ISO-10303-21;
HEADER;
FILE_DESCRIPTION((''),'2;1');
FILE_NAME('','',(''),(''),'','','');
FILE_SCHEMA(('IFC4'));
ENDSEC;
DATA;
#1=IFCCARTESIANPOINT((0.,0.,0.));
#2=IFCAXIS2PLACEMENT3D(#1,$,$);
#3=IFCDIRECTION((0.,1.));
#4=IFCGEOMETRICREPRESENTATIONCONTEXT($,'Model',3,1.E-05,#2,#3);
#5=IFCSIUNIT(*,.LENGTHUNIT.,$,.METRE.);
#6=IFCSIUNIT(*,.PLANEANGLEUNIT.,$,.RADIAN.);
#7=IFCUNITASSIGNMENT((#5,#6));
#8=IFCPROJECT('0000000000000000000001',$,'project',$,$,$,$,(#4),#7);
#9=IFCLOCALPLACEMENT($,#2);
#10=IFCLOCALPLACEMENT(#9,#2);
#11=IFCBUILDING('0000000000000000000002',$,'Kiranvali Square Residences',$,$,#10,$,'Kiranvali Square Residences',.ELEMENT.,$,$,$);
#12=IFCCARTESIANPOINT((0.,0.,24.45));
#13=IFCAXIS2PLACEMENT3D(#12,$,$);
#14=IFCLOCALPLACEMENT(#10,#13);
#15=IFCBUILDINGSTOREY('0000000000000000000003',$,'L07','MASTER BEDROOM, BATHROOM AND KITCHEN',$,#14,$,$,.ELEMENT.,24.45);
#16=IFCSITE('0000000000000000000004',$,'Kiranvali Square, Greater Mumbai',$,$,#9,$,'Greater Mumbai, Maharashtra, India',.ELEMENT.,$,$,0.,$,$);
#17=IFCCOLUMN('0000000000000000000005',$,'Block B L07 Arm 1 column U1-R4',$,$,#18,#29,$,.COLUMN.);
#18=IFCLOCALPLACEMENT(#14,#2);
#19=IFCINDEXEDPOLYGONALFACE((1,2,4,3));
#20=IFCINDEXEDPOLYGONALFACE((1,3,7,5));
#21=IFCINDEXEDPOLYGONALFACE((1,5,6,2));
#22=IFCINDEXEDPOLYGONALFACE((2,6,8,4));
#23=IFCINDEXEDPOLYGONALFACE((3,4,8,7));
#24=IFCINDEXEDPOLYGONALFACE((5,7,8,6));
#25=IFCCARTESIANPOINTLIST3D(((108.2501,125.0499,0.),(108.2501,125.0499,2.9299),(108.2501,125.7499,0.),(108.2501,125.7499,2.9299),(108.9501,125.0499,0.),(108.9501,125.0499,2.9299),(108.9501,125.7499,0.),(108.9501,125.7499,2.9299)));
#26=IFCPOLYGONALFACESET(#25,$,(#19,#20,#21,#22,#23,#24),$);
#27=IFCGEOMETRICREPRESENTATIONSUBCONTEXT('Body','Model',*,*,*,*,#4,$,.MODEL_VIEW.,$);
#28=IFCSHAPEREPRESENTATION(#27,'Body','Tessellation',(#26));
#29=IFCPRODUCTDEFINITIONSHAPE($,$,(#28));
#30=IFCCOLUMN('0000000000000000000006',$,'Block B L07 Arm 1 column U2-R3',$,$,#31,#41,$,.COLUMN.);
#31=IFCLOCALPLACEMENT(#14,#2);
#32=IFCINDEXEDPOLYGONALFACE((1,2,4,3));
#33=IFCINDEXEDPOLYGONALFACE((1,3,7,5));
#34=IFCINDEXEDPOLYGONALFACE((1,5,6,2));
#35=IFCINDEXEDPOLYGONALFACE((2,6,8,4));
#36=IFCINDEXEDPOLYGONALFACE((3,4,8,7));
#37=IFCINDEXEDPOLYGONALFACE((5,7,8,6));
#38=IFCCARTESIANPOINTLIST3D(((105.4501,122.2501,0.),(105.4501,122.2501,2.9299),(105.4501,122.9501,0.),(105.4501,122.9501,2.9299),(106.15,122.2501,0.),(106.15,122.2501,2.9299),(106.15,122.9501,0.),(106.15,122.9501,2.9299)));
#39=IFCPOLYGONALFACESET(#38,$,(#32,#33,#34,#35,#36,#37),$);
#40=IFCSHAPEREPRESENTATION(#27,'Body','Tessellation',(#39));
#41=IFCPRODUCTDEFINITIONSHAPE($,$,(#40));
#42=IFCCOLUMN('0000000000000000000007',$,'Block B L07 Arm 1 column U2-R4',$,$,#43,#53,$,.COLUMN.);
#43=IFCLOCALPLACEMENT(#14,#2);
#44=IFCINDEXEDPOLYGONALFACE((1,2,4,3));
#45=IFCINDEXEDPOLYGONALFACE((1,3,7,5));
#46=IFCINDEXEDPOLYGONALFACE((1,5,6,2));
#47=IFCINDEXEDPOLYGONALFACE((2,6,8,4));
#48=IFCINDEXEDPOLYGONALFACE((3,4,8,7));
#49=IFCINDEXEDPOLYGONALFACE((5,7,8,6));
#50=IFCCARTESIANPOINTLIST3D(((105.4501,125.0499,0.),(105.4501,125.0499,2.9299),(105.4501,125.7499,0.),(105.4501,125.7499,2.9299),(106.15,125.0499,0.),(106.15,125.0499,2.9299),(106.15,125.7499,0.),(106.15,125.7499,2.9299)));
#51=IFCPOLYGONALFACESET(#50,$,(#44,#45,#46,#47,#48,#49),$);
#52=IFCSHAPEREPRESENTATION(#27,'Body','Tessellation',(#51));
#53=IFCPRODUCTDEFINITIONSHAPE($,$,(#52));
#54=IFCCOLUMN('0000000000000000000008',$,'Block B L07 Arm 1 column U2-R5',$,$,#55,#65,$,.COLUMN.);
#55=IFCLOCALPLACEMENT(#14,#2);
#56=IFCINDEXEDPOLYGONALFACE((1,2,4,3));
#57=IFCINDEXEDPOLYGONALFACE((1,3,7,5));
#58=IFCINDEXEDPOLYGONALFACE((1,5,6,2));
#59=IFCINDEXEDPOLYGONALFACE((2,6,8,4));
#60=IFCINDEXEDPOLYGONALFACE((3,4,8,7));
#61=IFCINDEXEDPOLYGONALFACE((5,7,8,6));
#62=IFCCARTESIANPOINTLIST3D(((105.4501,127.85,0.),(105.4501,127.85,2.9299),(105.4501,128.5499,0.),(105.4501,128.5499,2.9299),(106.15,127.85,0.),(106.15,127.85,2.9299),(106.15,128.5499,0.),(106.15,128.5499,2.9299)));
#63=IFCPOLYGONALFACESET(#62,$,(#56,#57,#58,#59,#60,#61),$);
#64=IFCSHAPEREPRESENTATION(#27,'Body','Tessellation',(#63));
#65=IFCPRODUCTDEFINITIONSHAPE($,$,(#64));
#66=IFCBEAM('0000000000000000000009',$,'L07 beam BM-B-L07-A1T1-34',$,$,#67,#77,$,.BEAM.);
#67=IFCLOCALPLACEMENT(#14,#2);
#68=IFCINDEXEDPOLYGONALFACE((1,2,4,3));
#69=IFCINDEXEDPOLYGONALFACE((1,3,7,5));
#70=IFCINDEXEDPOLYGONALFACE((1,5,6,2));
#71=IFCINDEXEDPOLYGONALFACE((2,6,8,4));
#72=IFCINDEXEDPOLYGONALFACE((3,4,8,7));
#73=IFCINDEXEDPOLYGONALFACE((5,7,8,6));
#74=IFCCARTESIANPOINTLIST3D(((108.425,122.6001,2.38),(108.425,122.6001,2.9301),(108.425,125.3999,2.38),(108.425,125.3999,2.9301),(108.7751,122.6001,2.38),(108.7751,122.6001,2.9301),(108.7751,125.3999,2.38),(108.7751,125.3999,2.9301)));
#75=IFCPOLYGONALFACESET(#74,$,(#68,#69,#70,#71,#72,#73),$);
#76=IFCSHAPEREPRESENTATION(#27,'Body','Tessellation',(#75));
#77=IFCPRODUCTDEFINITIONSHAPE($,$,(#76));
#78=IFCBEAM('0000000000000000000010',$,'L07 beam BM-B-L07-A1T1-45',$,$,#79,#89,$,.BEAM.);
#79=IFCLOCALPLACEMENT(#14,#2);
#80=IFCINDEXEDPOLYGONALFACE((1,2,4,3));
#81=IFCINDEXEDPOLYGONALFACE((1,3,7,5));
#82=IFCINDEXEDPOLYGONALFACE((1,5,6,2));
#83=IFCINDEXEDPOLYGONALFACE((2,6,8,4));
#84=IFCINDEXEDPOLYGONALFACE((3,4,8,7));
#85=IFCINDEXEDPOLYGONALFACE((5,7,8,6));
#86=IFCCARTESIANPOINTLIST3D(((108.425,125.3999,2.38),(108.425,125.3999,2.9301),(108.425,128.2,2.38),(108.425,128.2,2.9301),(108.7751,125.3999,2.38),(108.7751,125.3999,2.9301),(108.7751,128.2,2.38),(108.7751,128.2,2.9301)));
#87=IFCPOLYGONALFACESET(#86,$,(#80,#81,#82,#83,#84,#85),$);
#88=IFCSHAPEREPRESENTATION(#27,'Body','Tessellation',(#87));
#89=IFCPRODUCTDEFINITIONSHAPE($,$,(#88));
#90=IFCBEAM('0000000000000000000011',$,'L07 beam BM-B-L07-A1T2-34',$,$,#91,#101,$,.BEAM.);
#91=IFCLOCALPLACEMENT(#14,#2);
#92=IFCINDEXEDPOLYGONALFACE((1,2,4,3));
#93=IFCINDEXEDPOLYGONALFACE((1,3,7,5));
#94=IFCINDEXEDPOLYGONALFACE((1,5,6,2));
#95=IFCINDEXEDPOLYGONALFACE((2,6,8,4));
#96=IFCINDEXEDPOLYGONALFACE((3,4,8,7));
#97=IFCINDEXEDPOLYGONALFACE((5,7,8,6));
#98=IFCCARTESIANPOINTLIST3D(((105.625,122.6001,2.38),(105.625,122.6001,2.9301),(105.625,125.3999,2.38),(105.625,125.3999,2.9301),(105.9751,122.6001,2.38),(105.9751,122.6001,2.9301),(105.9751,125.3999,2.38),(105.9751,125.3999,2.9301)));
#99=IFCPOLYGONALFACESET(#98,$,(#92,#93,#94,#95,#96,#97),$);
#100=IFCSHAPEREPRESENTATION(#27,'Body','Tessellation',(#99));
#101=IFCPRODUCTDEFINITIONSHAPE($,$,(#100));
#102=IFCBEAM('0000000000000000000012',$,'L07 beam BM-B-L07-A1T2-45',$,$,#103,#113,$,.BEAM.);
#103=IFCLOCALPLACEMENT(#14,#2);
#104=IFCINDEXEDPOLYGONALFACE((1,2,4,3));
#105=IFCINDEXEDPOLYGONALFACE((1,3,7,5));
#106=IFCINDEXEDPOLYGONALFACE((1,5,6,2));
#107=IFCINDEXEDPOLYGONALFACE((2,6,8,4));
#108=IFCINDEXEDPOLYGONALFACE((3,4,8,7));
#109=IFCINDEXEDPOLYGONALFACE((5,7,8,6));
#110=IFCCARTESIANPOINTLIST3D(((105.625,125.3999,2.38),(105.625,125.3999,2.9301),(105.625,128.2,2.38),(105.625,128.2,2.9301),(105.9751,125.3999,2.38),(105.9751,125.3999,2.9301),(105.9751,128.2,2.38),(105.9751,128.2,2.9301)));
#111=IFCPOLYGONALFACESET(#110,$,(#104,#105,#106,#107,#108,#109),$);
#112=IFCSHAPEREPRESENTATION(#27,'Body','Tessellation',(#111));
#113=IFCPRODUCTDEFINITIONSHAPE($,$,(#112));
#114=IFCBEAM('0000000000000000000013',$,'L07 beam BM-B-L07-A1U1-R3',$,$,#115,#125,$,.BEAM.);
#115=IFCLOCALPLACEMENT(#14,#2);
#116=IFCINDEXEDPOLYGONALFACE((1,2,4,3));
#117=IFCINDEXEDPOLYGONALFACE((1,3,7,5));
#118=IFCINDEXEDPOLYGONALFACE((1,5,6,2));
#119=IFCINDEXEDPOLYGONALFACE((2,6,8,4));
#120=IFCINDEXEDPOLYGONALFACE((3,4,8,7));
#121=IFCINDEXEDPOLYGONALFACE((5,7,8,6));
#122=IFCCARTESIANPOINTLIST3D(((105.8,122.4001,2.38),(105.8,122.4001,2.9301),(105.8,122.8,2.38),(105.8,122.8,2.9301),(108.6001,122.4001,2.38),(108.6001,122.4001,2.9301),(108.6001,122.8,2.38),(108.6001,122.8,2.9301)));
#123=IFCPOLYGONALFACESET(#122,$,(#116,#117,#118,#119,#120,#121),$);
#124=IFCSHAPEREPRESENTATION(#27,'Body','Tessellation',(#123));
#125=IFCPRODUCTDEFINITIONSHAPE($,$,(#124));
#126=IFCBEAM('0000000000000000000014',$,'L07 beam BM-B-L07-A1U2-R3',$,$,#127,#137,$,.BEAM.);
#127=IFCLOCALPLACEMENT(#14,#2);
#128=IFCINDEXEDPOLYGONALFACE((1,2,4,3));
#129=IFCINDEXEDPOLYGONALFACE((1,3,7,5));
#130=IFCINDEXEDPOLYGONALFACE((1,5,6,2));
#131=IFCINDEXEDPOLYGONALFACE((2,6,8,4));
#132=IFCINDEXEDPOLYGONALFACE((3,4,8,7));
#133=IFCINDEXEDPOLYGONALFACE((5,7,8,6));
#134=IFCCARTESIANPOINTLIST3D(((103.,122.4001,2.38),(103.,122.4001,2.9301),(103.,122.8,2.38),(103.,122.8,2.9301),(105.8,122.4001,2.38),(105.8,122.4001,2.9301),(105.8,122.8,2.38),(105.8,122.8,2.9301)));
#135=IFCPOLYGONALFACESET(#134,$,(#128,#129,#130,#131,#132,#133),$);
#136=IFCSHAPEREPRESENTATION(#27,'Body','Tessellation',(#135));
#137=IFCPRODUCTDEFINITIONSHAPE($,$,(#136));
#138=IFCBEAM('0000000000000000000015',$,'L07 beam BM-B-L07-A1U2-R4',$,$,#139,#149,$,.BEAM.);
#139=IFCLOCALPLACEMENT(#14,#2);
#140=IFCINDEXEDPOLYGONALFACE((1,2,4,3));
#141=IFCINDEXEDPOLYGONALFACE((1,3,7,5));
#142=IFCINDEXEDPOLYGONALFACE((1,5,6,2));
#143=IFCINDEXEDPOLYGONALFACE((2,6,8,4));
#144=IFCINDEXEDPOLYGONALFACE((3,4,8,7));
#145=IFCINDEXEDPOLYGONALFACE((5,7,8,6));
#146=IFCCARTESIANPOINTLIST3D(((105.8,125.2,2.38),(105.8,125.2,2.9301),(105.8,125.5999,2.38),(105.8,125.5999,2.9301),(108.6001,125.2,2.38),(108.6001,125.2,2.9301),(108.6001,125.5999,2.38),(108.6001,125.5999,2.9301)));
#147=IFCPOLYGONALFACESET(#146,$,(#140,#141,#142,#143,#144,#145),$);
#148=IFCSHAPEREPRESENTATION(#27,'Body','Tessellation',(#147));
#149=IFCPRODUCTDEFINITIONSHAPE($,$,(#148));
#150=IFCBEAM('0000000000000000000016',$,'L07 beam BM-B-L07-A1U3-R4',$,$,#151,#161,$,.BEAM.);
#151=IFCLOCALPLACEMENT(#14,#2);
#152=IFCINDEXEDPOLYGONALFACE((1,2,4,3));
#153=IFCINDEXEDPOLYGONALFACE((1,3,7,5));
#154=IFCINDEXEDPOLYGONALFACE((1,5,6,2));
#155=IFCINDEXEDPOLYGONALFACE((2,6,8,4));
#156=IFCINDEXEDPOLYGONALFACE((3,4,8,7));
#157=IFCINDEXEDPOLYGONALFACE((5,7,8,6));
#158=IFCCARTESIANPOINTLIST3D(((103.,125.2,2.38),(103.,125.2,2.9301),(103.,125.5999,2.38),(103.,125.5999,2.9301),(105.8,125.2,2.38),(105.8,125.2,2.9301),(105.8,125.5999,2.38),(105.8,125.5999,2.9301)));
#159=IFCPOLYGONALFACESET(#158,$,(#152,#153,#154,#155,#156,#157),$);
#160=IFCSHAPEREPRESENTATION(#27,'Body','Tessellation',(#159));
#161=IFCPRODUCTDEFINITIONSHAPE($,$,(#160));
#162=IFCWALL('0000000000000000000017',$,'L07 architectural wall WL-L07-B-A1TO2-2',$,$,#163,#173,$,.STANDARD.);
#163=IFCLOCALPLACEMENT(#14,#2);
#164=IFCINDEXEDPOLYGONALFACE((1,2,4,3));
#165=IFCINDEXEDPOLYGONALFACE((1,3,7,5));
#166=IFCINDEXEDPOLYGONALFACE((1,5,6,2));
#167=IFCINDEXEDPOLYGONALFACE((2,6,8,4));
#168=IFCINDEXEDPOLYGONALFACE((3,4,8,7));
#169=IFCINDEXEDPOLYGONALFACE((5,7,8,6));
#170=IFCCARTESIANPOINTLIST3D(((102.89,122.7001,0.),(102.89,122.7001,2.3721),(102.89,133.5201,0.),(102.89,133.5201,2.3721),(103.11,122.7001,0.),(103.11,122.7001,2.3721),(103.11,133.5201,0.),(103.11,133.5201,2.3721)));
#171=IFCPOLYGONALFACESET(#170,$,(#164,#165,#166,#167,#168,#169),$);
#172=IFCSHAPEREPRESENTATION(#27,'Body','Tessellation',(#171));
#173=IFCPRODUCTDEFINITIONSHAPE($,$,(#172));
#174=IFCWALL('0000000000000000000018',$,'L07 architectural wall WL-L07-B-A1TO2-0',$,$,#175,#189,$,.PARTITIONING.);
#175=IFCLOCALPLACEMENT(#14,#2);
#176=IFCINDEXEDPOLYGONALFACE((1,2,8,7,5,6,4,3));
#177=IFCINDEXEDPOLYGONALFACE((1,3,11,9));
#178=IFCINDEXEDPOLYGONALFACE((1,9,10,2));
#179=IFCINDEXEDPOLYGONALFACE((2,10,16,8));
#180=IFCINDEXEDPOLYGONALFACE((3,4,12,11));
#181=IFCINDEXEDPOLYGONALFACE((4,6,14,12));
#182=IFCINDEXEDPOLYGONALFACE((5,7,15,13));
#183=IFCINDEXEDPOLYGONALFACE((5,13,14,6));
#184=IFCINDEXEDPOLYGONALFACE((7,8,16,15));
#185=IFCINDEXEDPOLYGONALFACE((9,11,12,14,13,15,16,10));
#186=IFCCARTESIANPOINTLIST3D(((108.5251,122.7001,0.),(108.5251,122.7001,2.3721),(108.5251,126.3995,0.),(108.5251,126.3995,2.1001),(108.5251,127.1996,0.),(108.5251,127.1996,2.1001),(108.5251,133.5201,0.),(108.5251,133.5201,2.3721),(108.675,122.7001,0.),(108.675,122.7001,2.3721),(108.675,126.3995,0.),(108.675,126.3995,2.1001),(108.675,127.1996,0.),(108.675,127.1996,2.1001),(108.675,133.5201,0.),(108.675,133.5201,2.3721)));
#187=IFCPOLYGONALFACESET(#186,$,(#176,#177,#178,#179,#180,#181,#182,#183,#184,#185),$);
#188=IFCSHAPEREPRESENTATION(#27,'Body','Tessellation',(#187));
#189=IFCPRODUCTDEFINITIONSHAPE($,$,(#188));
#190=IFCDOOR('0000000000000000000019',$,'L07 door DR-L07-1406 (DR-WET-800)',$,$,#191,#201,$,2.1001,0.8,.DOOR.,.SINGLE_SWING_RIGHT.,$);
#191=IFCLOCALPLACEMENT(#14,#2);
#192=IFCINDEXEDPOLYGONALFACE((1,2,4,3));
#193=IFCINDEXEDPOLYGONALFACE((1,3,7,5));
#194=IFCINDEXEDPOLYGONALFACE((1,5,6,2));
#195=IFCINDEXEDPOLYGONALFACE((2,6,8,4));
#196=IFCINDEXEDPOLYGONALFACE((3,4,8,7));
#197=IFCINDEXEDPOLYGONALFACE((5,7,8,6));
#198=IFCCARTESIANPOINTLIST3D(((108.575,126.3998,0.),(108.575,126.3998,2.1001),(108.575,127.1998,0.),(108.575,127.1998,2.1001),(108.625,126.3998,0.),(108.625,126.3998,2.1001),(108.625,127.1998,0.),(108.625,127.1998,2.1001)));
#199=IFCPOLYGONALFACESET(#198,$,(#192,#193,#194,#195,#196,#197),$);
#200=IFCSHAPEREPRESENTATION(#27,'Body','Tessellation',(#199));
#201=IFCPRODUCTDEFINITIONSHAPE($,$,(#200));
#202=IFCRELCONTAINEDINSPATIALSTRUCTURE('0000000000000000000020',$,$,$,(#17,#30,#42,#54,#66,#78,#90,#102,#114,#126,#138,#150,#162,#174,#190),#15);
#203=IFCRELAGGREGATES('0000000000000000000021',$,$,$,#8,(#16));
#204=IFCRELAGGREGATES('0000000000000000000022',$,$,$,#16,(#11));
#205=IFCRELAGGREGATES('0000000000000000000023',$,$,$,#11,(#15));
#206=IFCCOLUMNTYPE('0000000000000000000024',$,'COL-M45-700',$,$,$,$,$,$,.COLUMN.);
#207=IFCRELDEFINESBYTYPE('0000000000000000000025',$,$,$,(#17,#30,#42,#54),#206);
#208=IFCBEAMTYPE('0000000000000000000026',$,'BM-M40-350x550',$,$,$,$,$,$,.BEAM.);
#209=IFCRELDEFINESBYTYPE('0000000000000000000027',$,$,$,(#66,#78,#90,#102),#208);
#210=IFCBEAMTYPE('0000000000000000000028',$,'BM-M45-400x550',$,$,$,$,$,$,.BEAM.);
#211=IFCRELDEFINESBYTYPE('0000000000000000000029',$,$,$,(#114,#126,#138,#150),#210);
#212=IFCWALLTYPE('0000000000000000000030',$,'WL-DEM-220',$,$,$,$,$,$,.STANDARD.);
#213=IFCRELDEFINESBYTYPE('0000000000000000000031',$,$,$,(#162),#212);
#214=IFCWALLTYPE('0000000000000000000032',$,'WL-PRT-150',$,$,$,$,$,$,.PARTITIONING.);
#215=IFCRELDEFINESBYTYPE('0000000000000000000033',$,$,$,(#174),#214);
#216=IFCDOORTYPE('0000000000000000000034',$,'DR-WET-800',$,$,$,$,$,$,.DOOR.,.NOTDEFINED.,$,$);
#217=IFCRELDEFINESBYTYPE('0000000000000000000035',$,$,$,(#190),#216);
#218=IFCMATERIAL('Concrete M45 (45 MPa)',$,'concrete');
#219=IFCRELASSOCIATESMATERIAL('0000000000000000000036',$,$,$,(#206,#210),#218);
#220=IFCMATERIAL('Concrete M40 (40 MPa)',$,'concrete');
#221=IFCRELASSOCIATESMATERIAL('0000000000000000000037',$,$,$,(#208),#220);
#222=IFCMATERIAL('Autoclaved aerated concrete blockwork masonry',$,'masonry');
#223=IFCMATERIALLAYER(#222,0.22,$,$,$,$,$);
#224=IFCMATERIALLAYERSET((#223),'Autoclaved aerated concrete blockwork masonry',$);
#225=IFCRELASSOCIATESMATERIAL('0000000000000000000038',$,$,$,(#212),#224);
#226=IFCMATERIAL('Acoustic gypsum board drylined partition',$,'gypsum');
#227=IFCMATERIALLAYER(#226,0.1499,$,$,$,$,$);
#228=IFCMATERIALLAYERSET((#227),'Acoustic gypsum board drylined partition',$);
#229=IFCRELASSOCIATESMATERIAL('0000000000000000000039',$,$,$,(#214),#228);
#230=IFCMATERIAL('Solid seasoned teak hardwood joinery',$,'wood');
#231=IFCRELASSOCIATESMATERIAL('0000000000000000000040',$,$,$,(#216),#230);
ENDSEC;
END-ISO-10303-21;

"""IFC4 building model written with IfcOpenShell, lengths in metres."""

from ifc_helpers import new_model, si_unit, direction, frame, frame_2d, origin, origin_2d, place, context, subcontext, project, spatial, rectangle, extrude, material, layer, layer_set, material_profile, profile_set, type_object, element, fill, save


model = new_model("IFC4")

# Units and contexts
model_context = context("Model", 3, precision=1e-05, world=origin(), true_north=direction((0.0, 1.0)))
body_context = subcontext(model_context, "Body", "Model", "MODEL_VIEW")
ifc_project = project(units=[si_unit("LENGTHUNIT", "METRE"), si_unit("PLANEANGLEUNIT", "RADIAN")], contexts=[model_context])

# Site, building, storey
site_placement = place(None, origin())
site = spatial("IfcSite", under=ifc_project, at=site_placement, Name="Kiranvali Square, Greater Mumbai", LongName="Greater Mumbai, Maharashtra, India", CompositionType="ELEMENT", RefElevation=0.0)
building_placement = place(site_placement, origin())
building = spatial("IfcBuilding", under=site, at=building_placement, Name="Kiranvali Square Residences", LongName="Kiranvali Square Residences", CompositionType="ELEMENT")
storey_placement = place(building_placement, frame((0.0, 0.0, 24.45)))
storey = spatial("IfcBuildingStorey", under=building, at=storey_placement, Name="L07", Description="MASTER BEDROOM, BATHROOM AND KITCHEN", CompositionType="ELEMENT", Elevation=24.45)

# Columns
ifc_material_1 = material(Name="Concrete M45 (45 MPa)", Category="concrete")
ifc_material_profile_1 = material_profile(ifc_material_1, rectangle(XDim=0.7, YDim=0.7, at=origin_2d()), Name="RC 700x700")
ifc_profile_set_1 = profile_set([ifc_material_profile_1], Name="Concrete M45 (45 MPa)")
column_type = type_object("IfcColumnType", Name="COL-M45-700", PredefinedType="COLUMN", material=ifc_profile_set_1)
for number, where, z_axis, x_axis, name in (
    (1, (108.6001, 125.3999, 0.0), (0.0, 0.0, 1.0), (1.0, 0.0, 0.0), "Block B L07 Arm 1 column U1-R4"),
    (2, (105.8, 122.6001, 0.0), (0.0, 0.0, 1.0), (1.0, 0.0, 0.0), "Block B L07 Arm 1 column U2-R3"),
    (3, (105.8, 125.3999, 0.0), (0.0, 0.0, 1.0), (1.0, 0.0, 0.0), "Block B L07 Arm 1 column U2-R4"),
    (4, (105.8, 128.2, 0.0), (0.0, 0.0, 1.0), (1.0, 0.0, 0.0), "Block B L07 Arm 1 column U2-R5"),
):
    element("IfcColumn", number, at=place(storey_placement, frame(where, z_axis=z_axis, x_axis=x_axis)), inside=storey, type_object=column_type, Name=name, PredefinedType="COLUMN", context=body_context, shape_type="SweptSolid", body=[
        extrude(rectangle(XDim=0.7, YDim=0.7, at=origin_2d()), origin(), (0.0, 0.0, 1.0), 2.9299),
    ])

# Beams
ifc_material_2 = material(Name="Concrete M40 (40 MPa)", Category="concrete")
ifc_material_profile_2 = material_profile(ifc_material_2, rectangle(XDim=0.3501, YDim=0.55, at=origin_2d()), Name="RC 350x550")
ifc_profile_set_2 = profile_set([ifc_material_profile_2], Name="Concrete M40 (40 MPa)")
beam_type_1 = type_object("IfcBeamType", Name="BM-M40-350x550", PredefinedType="BEAM", material=ifc_profile_set_2)
beam_1_placement = place(storey_placement, frame((108.6001, 122.6001, 2.655), z_axis=(0.0, 1.0, 0.0), x_axis=(-1.0, 0.0, 0.0)))
element("IfcBeam", 5, at=beam_1_placement, inside=storey, type_object=beam_type_1, Name="L07 beam BM-B-L07-A1T1-34", PredefinedType="BEAM", context=body_context, shape_type="SweptSolid", body=[
    extrude(rectangle(XDim=0.3501, YDim=0.55, at=origin_2d()), origin(), (0.0, 0.0, 1.0), 2.7998),
])
beam_2_placement = place(storey_placement, frame((108.6001, 125.3999, 2.655), z_axis=(0.0, 1.0, 0.0), x_axis=(-1.0, 0.0, 0.0)))
element("IfcBeam", 6, at=beam_2_placement, inside=storey, type_object=beam_type_1, Name="L07 beam BM-B-L07-A1T1-45", PredefinedType="BEAM", context=body_context, shape_type="SweptSolid", body=[
    extrude(rectangle(XDim=0.3501, YDim=0.55, at=origin_2d()), origin(), (0.0, 0.0, 1.0), 2.8),
])
beam_3_placement = place(storey_placement, frame((105.8, 122.6001, 2.655), z_axis=(0.0, 1.0, 0.0), x_axis=(-1.0, 0.0, 0.0)))
element("IfcBeam", 7, at=beam_3_placement, inside=storey, type_object=beam_type_1, Name="L07 beam BM-B-L07-A1T2-34", PredefinedType="BEAM", context=body_context, shape_type="SweptSolid", body=[
    extrude(rectangle(XDim=0.3501, YDim=0.55, at=origin_2d()), origin(), (0.0, 0.0, 1.0), 2.7998),
])
beam_4_placement = place(storey_placement, frame((105.8, 125.3999, 2.655), z_axis=(0.0, 1.0, 0.0), x_axis=(-1.0, 0.0, 0.0)))
element("IfcBeam", 8, at=beam_4_placement, inside=storey, type_object=beam_type_1, Name="L07 beam BM-B-L07-A1T2-45", PredefinedType="BEAM", context=body_context, shape_type="SweptSolid", body=[
    extrude(rectangle(XDim=0.3501, YDim=0.55, at=origin_2d()), origin(), (0.0, 0.0, 1.0), 2.8),
])
ifc_material_profile_3 = material_profile(ifc_material_1, rectangle(XDim=0.3999, YDim=0.55, at=origin_2d()), Name="RC 400x550")
ifc_profile_set_3 = profile_set([ifc_material_profile_3], Name="Concrete M45 (45 MPa)")
beam_type_2 = type_object("IfcBeamType", Name="BM-M45-400x550", PredefinedType="BEAM", material=ifc_profile_set_3)
for number, where, z_axis, x_axis, name in (
    (9, (108.6001, 122.6001, 2.655), (-1.0, 0.0, 0.0), (0.0, -1.0, 0.0), "L07 beam BM-B-L07-A1U1-R3"),
    (10, (105.8, 122.6001, 2.655), (-1.0, 0.0, 0.0), (0.0, -1.0, 0.0), "L07 beam BM-B-L07-A1U2-R3"),
    (11, (108.6001, 125.3999, 2.655), (-1.0, 0.0, 0.0), (0.0, -1.0, 0.0), "L07 beam BM-B-L07-A1U2-R4"),
    (12, (105.8, 125.3999, 2.655), (-1.0, 0.0, 0.0), (0.0, -1.0, 0.0), "L07 beam BM-B-L07-A1U3-R4"),
):
    element("IfcBeam", number, at=place(storey_placement, frame(where, z_axis=z_axis, x_axis=x_axis)), inside=storey, type_object=beam_type_2, Name=name, PredefinedType="BEAM", context=body_context, shape_type="SweptSolid", body=[
        extrude(rectangle(XDim=0.3999, YDim=0.55, at=origin_2d()), origin(), (0.0, 0.0, 1.0), 2.8),
    ])

# Wall
ifc_material_3 = material(Name="Autoclaved aerated concrete blockwork masonry", Category="masonry")
ifc_layer_1 = layer(ifc_material_3, 0.22)
ifc_layer_set_1 = layer_set([ifc_layer_1], Name="Autoclaved aerated concrete blockwork masonry")
wall_type_1 = type_object("IfcWallType", Name="WL-DEM-220", PredefinedType="STANDARD", material=ifc_layer_set_1)
wall_1_placement = place(storey_placement, frame((103.0, 122.7, 0.0), z_axis=(0.0, 0.0, 1.0), x_axis=(0.0, 1.0, 0.0)))
element("IfcWall", 13, at=wall_1_placement, inside=storey, type_object=wall_type_1, Name="L07 architectural wall WL-L07-B-A1TO2-2", PredefinedType="STANDARD", context=body_context, shape_type="SweptSolid", body=[
    extrude(rectangle(XDim=10.8201, YDim=0.22, at=frame_2d((5.4102, 0.0))), origin(), (0.0, 0.0, 1.0), 2.3721),
])

# Wall, opening, door
ifc_material_4 = material(Name="Acoustic gypsum board drylined partition", Category="gypsum")
ifc_layer_2 = layer(ifc_material_4, 0.1499)
ifc_layer_set_2 = layer_set([ifc_layer_2], Name="Acoustic gypsum board drylined partition")
wall_type_2 = type_object("IfcWallType", Name="WL-PRT-150", PredefinedType="PARTITIONING", material=ifc_layer_set_2)
wall_2_placement = place(storey_placement, frame((108.6001, 122.7, 0.0), z_axis=(0.0, 0.0, 1.0), x_axis=(0.0, 1.0, 0.0)))
wall_2 = element("IfcWall", 14, at=wall_2_placement, inside=storey, type_object=wall_type_2, Name="L07 architectural wall WL-L07-B-A1TO2-0", PredefinedType="PARTITIONING", context=body_context, shape_type="SweptSolid", body=[
    extrude(rectangle(XDim=10.8201, YDim=0.1499, at=frame_2d((5.4102, 0.0))), origin(), (0.0, 0.0, 1.0), 2.3721),
])
opening_1_placement = place(wall_2_placement, frame((3.6997, 0.0, 0.0)))
opening_1 = element("IfcOpeningElement", 15, at=opening_1_placement, cuts=wall_2, PredefinedType="OPENING", context=body_context, shape_type="SweptSolid", body=[
    extrude(rectangle(XDim=0.8, YDim=2.1001, at=frame_2d((0.3999, 1.05))), frame((0.0, 0.085, 0.0), z_axis=(0.0, -1.0, 0.0), x_axis=(1.0, 0.0, 0.0)), (0.0, 0.0, 1.0), 0.1699),
])
ifc_material_5 = material(Name="Solid seasoned teak hardwood joinery", Category="wood")
door_type_1 = type_object("IfcDoorType", Name="DR-WET-800", OperationType="NOTDEFINED", PredefinedType="DOOR", material=ifc_material_5)
door_1_placement = place(opening_1_placement, frame((0.8, 0.0, 0.0), z_axis=(0.0, 0.0, 1.0), x_axis=(-1.0, 0.0, 0.0)))
door_1 = element("IfcDoor", 16, at=door_1_placement, inside=storey, type_object=door_type_1, Name="L07 door DR-L07-1406 (DR-WET-800)", OperationType="SINGLE_SWING_RIGHT", OverallHeight=2.1001, OverallWidth=0.8, PredefinedType="DOOR", context=body_context, shape_type="SweptSolid", body=[
    extrude(rectangle(XDim=0.8, YDim=2.1001, at=frame_2d((0.3999, 1.05))), frame((0.0, 0.0249, 0.0), z_axis=(0.0, -1.0, 0.0), x_axis=(1.0, 0.0, 0.0)), (0.0, 0.0, 1.0), 0.05),
])
fill(opening_1, door_1)

save(model, "model.ifc")
